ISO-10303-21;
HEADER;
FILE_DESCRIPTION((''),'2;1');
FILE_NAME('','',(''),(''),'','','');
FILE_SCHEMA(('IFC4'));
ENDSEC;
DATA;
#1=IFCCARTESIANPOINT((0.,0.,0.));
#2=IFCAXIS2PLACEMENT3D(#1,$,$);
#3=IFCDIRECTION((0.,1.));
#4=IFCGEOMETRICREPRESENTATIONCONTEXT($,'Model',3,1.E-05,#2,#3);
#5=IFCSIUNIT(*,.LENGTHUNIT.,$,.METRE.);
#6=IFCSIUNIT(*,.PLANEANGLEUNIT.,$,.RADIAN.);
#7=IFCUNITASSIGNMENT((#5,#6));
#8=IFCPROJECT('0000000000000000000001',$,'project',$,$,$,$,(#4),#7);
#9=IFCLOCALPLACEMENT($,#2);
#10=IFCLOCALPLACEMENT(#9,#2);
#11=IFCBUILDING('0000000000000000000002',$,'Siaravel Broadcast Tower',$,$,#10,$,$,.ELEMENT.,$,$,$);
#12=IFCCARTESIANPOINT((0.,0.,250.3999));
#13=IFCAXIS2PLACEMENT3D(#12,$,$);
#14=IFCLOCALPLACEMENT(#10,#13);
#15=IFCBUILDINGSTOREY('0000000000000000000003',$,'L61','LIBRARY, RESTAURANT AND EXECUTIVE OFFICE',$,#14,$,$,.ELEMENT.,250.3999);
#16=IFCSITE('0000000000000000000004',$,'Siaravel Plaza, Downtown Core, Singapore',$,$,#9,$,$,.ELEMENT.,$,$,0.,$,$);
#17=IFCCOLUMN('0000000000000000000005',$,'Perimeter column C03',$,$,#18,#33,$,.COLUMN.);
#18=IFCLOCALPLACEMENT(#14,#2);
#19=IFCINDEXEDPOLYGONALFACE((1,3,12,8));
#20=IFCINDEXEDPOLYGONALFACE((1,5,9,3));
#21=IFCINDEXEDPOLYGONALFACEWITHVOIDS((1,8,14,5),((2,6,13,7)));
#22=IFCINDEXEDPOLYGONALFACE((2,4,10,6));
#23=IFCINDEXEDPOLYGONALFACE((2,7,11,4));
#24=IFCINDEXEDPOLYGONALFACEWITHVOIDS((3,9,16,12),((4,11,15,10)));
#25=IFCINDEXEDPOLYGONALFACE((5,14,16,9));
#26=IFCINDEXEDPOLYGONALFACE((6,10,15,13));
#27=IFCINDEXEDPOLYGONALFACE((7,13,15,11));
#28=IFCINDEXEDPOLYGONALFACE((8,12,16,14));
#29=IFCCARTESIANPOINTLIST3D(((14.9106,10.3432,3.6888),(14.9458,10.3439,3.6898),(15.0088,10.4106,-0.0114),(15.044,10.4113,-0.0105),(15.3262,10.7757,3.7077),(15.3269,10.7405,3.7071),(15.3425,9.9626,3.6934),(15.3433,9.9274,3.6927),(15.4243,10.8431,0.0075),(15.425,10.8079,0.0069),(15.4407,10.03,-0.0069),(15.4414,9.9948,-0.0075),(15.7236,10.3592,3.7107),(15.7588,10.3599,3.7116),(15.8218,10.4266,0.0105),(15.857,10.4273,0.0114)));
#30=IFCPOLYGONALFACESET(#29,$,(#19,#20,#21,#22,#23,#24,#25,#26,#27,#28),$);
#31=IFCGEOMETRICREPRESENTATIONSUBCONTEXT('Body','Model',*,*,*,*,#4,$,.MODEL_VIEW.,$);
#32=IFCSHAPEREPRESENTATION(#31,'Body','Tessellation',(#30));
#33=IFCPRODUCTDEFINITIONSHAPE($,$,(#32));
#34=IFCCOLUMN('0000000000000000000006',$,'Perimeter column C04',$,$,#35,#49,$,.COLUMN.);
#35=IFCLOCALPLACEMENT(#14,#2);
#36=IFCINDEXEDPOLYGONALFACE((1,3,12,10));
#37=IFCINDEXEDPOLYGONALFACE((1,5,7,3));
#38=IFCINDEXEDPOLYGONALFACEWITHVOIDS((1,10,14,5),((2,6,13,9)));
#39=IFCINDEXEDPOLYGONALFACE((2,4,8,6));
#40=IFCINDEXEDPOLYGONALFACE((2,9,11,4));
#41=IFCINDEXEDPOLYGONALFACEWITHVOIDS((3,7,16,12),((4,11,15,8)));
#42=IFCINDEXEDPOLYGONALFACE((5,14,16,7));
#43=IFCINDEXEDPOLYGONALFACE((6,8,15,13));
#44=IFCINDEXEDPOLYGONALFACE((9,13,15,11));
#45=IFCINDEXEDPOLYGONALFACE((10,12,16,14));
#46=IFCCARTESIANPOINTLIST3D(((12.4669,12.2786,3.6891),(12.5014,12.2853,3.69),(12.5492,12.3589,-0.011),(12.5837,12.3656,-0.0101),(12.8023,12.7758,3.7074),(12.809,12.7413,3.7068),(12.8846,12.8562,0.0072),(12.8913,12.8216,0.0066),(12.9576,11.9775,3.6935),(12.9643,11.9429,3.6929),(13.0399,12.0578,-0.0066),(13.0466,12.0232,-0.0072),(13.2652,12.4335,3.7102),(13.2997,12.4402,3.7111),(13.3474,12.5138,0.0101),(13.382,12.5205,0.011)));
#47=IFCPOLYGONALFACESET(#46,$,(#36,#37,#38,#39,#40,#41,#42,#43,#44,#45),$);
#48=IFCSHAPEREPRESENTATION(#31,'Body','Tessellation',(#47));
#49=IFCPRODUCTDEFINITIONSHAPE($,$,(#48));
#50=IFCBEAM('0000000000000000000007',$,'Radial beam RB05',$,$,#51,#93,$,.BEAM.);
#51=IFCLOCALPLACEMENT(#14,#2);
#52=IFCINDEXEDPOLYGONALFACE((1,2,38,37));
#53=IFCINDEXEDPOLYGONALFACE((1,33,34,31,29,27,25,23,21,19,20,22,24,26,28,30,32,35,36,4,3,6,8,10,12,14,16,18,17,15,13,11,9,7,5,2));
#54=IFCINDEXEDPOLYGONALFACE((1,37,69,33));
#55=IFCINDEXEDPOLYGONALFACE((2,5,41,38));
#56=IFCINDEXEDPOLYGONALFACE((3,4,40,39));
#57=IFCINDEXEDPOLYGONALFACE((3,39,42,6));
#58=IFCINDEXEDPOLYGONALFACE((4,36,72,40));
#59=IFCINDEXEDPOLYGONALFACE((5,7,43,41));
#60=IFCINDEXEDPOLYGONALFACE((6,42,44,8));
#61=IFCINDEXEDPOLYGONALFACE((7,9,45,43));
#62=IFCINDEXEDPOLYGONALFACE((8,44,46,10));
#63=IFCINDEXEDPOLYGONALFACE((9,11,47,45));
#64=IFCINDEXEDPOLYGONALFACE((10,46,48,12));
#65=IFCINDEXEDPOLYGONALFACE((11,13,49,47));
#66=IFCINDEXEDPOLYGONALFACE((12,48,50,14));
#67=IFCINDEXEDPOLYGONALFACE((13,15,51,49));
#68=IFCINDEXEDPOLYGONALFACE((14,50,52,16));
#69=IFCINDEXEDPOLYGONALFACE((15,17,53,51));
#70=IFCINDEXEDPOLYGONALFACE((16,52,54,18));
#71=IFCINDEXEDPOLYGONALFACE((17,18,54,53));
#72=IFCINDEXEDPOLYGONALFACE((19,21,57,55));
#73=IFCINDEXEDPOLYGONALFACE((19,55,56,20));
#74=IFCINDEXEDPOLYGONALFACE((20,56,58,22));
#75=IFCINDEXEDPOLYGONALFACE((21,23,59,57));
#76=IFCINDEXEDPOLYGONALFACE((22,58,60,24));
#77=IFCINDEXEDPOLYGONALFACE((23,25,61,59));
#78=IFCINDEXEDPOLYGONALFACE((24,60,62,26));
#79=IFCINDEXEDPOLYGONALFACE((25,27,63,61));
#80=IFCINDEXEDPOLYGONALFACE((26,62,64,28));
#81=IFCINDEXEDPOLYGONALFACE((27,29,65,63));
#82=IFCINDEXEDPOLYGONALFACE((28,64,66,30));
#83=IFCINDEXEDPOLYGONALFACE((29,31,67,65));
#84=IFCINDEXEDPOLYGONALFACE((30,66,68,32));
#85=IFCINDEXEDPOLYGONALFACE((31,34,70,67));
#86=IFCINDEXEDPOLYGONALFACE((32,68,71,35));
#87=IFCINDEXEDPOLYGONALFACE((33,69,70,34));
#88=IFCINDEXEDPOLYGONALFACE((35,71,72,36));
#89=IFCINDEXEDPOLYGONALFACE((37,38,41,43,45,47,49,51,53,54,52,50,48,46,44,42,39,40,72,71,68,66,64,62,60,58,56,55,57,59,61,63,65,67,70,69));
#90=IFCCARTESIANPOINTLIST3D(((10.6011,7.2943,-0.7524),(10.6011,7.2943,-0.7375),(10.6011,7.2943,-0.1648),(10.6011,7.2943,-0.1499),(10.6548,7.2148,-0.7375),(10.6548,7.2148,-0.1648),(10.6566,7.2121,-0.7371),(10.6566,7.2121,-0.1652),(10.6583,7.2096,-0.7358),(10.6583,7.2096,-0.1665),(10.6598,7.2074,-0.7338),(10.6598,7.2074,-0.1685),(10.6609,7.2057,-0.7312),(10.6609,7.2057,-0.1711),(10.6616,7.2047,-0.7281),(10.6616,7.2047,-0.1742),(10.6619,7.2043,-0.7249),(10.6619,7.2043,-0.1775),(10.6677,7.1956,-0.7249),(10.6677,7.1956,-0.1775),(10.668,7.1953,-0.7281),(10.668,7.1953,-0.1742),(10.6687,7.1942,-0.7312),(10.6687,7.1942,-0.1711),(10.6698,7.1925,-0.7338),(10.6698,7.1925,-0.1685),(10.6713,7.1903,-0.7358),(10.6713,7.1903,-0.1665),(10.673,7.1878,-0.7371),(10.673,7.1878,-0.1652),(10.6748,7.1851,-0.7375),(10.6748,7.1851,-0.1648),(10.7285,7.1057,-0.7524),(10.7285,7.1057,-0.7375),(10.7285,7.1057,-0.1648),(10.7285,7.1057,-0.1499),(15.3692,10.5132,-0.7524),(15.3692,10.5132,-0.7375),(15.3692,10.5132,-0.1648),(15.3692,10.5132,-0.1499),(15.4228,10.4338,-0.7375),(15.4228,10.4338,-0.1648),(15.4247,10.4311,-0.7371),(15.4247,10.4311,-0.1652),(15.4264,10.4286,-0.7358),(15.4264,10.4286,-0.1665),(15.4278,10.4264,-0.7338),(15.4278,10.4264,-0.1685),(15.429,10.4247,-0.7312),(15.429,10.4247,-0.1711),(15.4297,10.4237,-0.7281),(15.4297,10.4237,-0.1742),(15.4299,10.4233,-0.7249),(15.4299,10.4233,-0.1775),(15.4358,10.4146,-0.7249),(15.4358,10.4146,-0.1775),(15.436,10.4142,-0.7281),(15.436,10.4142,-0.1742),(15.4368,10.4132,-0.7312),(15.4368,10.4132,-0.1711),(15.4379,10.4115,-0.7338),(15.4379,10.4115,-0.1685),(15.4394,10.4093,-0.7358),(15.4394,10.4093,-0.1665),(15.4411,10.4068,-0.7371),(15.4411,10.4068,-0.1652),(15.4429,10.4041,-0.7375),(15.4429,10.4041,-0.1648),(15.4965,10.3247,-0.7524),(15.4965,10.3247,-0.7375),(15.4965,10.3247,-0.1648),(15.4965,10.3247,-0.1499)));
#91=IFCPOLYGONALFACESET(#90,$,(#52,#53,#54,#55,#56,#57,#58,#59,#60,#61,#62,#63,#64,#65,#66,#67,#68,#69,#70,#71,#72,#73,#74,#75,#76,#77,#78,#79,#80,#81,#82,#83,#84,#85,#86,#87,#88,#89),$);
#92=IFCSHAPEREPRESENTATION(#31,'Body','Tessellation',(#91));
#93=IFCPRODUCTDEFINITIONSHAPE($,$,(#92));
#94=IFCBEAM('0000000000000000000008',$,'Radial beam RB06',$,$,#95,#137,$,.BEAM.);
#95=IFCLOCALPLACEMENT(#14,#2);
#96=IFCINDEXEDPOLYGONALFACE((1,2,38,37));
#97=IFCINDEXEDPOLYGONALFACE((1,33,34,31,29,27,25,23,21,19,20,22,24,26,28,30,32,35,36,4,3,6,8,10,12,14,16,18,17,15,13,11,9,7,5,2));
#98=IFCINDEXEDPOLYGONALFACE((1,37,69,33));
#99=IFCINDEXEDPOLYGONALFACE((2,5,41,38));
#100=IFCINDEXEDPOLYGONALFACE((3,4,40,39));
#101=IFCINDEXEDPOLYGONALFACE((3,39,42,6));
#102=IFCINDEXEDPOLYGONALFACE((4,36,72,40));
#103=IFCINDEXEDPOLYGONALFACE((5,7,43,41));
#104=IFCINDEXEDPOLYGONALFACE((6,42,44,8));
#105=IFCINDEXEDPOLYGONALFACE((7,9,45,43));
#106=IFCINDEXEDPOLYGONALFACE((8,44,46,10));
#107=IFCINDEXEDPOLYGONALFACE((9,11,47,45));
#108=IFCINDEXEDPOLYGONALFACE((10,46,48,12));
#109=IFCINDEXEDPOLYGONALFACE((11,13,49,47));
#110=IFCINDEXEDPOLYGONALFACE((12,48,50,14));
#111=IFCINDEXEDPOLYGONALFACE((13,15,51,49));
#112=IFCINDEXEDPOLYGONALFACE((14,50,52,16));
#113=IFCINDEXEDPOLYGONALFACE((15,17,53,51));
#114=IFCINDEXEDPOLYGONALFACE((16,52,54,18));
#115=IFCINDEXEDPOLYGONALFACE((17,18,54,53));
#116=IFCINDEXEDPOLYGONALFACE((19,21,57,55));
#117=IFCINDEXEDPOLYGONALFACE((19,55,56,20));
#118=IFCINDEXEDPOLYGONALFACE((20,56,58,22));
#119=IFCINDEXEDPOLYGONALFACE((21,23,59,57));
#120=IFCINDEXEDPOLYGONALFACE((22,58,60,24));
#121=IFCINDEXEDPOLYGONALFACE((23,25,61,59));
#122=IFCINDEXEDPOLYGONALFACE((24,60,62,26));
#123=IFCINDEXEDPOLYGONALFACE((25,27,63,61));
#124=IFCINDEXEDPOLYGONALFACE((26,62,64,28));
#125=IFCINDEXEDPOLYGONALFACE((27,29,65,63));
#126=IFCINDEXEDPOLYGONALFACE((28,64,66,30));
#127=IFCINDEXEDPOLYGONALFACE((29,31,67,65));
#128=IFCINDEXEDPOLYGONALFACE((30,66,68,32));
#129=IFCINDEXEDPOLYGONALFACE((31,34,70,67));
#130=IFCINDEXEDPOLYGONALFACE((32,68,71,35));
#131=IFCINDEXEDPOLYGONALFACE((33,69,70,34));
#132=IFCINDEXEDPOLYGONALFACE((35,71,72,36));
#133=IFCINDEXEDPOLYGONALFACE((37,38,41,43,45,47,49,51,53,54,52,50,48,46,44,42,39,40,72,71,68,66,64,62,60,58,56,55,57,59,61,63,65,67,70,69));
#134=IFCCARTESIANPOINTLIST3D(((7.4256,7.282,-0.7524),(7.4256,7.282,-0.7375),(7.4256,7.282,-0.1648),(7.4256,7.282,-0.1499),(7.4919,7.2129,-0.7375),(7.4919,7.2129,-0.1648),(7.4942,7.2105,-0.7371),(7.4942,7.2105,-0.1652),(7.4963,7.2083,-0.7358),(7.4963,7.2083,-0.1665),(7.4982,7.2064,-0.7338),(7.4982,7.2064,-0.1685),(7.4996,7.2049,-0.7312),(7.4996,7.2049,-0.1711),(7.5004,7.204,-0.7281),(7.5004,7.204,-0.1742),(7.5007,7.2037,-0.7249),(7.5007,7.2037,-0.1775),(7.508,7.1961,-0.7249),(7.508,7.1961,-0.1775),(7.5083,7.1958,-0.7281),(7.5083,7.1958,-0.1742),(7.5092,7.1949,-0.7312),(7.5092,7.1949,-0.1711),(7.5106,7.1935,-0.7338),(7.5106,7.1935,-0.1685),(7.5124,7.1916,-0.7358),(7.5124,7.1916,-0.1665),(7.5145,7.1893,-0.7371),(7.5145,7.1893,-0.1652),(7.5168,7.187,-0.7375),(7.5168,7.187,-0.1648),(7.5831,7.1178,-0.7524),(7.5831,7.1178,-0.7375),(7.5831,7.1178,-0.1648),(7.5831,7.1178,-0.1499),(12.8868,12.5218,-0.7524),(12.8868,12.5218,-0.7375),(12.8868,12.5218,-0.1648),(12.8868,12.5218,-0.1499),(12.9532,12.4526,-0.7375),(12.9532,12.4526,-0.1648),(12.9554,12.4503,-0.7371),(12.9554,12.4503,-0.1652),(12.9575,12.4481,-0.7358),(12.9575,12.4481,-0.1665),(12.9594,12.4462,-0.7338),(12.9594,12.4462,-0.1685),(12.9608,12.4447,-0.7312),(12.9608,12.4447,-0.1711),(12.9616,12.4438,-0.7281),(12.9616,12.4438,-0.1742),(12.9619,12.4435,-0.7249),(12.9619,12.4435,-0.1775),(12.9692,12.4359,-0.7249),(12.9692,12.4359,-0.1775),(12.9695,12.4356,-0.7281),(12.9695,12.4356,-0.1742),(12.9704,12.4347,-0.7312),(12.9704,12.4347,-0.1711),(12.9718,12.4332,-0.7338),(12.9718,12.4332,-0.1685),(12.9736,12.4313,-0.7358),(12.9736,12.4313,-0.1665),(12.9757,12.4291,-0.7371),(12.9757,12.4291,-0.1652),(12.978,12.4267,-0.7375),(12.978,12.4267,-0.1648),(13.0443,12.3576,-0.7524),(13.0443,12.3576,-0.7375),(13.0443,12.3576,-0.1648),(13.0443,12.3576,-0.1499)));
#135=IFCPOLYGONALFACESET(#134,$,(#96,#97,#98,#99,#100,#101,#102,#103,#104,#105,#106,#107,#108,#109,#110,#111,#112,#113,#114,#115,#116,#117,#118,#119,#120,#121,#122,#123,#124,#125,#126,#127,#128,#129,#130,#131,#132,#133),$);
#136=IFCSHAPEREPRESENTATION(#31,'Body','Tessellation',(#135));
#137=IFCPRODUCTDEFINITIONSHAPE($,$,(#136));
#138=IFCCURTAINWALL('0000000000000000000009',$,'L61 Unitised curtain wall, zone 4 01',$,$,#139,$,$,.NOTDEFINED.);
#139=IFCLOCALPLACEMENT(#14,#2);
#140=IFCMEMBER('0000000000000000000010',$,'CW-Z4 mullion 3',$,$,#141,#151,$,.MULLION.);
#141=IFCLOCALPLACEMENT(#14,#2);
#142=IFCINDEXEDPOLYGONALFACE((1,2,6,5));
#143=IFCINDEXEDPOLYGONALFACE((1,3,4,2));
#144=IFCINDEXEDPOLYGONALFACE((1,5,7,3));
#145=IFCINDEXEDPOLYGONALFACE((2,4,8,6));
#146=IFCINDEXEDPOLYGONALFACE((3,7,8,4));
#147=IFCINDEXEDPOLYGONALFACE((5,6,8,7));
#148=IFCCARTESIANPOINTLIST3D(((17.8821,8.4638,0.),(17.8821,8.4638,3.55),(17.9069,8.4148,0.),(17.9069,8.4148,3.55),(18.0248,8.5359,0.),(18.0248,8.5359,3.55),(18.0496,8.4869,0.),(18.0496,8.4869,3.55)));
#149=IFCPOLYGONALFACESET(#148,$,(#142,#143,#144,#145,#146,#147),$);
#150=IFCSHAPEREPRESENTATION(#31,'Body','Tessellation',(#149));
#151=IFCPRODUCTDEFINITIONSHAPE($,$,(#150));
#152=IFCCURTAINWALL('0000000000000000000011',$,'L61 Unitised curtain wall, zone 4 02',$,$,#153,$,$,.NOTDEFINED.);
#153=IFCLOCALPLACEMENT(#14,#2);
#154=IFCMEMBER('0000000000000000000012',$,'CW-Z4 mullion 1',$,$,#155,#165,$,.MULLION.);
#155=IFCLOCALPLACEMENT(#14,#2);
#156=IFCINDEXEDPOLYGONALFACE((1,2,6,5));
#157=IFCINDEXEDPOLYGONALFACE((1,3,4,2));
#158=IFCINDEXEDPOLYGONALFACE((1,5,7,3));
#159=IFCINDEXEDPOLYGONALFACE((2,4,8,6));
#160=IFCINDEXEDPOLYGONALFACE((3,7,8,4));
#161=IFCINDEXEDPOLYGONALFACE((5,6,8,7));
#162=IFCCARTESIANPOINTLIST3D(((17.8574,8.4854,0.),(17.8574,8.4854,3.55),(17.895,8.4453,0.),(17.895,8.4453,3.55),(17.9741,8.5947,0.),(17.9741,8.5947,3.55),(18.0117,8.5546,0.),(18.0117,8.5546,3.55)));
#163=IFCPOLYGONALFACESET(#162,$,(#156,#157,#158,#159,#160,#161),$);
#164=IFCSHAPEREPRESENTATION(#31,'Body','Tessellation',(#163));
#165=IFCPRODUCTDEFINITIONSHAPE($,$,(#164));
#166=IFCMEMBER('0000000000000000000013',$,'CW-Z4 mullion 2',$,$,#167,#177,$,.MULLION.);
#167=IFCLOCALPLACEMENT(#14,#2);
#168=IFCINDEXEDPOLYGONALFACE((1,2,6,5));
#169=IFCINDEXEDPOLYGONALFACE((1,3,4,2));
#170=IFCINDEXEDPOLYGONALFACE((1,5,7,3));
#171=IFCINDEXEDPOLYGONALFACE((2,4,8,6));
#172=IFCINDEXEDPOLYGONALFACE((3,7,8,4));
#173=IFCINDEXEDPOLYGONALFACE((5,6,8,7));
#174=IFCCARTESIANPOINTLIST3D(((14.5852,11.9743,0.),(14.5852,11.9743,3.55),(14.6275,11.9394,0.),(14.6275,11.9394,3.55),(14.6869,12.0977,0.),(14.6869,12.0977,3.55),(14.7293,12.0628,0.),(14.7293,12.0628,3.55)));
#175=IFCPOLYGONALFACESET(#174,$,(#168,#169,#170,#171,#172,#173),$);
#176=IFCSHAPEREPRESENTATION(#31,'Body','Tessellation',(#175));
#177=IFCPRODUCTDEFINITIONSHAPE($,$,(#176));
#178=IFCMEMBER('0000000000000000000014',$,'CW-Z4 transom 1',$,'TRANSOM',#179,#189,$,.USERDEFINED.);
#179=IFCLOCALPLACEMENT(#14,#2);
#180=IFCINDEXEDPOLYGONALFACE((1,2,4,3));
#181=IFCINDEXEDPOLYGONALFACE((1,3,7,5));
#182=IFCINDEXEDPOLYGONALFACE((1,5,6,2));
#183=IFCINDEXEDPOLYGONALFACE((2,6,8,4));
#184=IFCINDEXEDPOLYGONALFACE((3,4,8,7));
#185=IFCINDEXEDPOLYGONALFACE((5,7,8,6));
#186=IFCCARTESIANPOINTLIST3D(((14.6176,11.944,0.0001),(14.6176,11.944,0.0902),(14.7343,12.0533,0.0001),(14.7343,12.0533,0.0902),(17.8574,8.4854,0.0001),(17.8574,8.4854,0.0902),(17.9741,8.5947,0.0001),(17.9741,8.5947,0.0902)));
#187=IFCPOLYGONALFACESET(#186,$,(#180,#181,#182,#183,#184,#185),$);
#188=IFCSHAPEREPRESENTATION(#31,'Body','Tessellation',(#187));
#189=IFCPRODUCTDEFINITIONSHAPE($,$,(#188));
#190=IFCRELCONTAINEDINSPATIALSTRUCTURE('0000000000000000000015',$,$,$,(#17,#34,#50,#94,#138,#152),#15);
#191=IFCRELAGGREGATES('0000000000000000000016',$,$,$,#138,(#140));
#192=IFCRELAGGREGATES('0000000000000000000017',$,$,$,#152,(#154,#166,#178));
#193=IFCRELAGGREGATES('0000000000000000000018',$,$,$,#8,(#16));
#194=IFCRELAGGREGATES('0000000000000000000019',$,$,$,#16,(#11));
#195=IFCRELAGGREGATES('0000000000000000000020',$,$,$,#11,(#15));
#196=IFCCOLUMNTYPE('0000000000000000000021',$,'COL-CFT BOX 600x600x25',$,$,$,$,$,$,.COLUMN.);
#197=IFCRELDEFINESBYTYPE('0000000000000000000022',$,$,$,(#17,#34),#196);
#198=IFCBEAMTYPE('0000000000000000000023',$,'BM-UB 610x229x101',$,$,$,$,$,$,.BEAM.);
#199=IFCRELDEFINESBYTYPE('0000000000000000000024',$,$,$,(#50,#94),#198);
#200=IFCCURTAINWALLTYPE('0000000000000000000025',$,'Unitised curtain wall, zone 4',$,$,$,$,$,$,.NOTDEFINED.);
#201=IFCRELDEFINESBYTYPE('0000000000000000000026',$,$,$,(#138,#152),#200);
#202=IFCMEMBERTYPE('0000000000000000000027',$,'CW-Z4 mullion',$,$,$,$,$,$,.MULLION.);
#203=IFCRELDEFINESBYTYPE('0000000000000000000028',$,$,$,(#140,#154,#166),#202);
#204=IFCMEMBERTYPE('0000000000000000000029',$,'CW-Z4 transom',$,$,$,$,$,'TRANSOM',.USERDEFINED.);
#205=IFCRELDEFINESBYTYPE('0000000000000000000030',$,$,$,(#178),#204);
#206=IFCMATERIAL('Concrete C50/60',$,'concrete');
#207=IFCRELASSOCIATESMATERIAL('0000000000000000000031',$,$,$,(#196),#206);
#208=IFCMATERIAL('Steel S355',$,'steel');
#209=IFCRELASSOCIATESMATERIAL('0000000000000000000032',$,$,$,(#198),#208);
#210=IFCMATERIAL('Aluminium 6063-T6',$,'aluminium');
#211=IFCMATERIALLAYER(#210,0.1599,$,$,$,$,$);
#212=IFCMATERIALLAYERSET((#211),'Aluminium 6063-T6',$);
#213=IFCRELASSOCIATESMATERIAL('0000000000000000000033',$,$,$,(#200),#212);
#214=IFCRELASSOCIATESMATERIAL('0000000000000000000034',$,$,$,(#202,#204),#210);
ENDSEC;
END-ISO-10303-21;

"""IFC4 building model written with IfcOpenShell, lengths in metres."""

from ifc_helpers import new_model, si_unit, direction, frame, origin, origin_2d, place, context, subcontext, project, spatial, rectangle, hollow_rectangle, i_section, extrude, material, layer, layer_set, material_profile, profile_set, type_object, element, aggregate, save


model = new_model("IFC4")

# Units and contexts
model_context = context("Model", 3, precision=1e-05, world=origin(), true_north=direction((0.0, 1.0)))
body_context = subcontext(model_context, "Body", "Model", "MODEL_VIEW")
ifc_project = project(units=[si_unit("LENGTHUNIT", "METRE"), si_unit("PLANEANGLEUNIT", "RADIAN")], contexts=[model_context])

# Site, building, storey
site_placement = place(None, origin())
site = spatial("IfcSite", under=ifc_project, at=site_placement, Name="Siaravel Plaza, Downtown Core, Singapore", CompositionType="ELEMENT", RefElevation=0.0)
building_placement = place(site_placement, origin())
building = spatial("IfcBuilding", under=site, at=building_placement, Name="Siaravel Broadcast Tower", CompositionType="ELEMENT")
storey_placement = place(building_placement, frame((0.0, 0.0, 250.3999)))
storey = spatial("IfcBuildingStorey", under=building, at=storey_placement, Name="L61", Description="LIBRARY, RESTAURANT AND EXECUTIVE OFFICE", CompositionType="ELEMENT", Elevation=250.3999)

# Columns
ifc_material_1 = material(Name="Concrete C50/60", Category="concrete")
ifc_material_profile_1 = material_profile(ifc_material_1, hollow_rectangle(XDim=0.6001, YDim=0.6001, WallThickness=0.0249, at=origin_2d()))
ifc_profile_set_1 = profile_set([ifc_material_profile_1], Name="Concrete C50/60")
column_type = type_object("IfcColumnType", Name="COL-CFT BOX 600x600x25", PredefinedType="COLUMN", material=ifc_profile_set_1)
column_1_placement = place(storey_placement, frame((15.4329, 10.4189, 0.0), z_axis=(-0.02651, -0.018201, 0.999483), x_axis=(0.720939, -0.692968, 0.006503)))
element("IfcColumn", 1, at=column_1_placement, inside=storey, type_object=column_type, Name="Perimeter column C03", PredefinedType="COLUMN", context=body_context, shape_type="SweptSolid", body=[
    extrude(hollow_rectangle(XDim=0.6001, YDim=0.6001, WallThickness=0.0249, at=origin_2d()), origin(), (0.0, 0.0, 1.0), 3.7021),
])
column_2_placement = place(storey_placement, frame((12.9656, 12.4397, 0.0), z_axis=(-0.022225, -0.021697, 0.999518), x_axis=(0.828927, -0.559322, 0.00629)))
element("IfcColumn", 2, at=column_2_placement, inside=storey, type_object=column_type, Name="Perimeter column C04", PredefinedType="COLUMN", context=body_context, shape_type="SweptSolid", body=[
    extrude(hollow_rectangle(XDim=0.6001, YDim=0.6001, WallThickness=0.0249, at=origin_2d()), origin(), (0.0, 0.0, 1.0), 3.7019),
])

# Beams
ifc_material_2 = material(Name="Steel S355", Category="steel")
ifc_material_profile_2 = material_profile(ifc_material_2, i_section(OverallWidth=0.2275, OverallDepth=0.6025, WebThickness=0.0105, FlangeThickness=0.0149, FilletRadius=0.0127, at=origin_2d()))
ifc_profile_set_2 = profile_set([ifc_material_profile_2], Name="Steel S355")
beam_type = type_object("IfcBeamType", Name="BM-UB 610x229x101", PredefinedType="BEAM", material=ifc_profile_set_2)
beam_1_placement = place(storey_placement, frame((15.4329, 10.4189, -0.4512), z_axis=(-0.828804, -0.559538, 0.0), x_axis=(0.559538, -0.828804, 0.0)))
element("IfcBeam", 3, at=beam_1_placement, inside=storey, type_object=beam_type, Name="Radial beam RB05", PredefinedType="BEAM", context=body_context, shape_type="SweptSolid", body=[
    extrude(i_section(OverallWidth=0.2275, OverallDepth=0.6025, WebThickness=0.0105, FlangeThickness=0.0149, FilletRadius=0.0127, at=origin_2d()), origin(), (0.0, 0.0, 1.0), 5.7529),
])
beam_2_placement = place(storey_placement, frame((12.9656, 12.4397, -0.4512), z_axis=(-0.721585, -0.692326, 0.0), x_axis=(0.692326, -0.721585, 0.0)))
element("IfcBeam", 4, at=beam_2_placement, inside=storey, type_object=beam_type, Name="Radial beam RB06", PredefinedType="BEAM", context=body_context, shape_type="SweptSolid", body=[
    extrude(i_section(OverallWidth=0.2275, OverallDepth=0.6025, WebThickness=0.0105, FlangeThickness=0.0149, FilletRadius=0.0127, at=origin_2d()), origin(), (0.0, 0.0, 1.0), 7.5684),
])

# Curtain wall, member
ifc_material_3 = material(Name="Aluminium 6063-T6", Category="aluminium")
ifc_layer_1 = layer(ifc_material_3, 0.1599)
ifc_layer_set_1 = layer_set([ifc_layer_1], Name="Aluminium 6063-T6")
curtain_wall_type = type_object("IfcCurtainWallType", Name="Unitised curtain wall, zone 4", PredefinedType="NOTDEFINED", material=ifc_layer_set_1)
curtain_wall_1_placement = place(storey_placement, origin())
curtain_wall_1 = element("IfcCurtainWall", 5, at=curtain_wall_1_placement, inside=storey, type_object=curtain_wall_type, Name="L61 Unitised curtain wall, zone 4 01", PredefinedType="NOTDEFINED")
ifc_material_profile_3 = material_profile(ifc_material_3, rectangle(XDim=0.1599, YDim=0.0549, at=origin_2d()))
ifc_profile_set_3 = profile_set([ifc_material_profile_3], Name="Aluminium 6063-T6")
member_type_1 = type_object("IfcMemberType", Name="CW-Z4 mullion", PredefinedType="MULLION", material=ifc_profile_set_3)
member_1_placement = place(storey_placement, frame((17.9658, 8.4753, 0.0), z_axis=(0.0, 0.0, 1.0), x_axis=(-0.892393, -0.451259, 0.0)))
member_1 = element("IfcMember", 6, at=member_1_placement, type_object=member_type_1, Name="CW-Z4 mullion 3", PredefinedType="MULLION", context=body_context, shape_type="SweptSolid", body=[
    extrude(rectangle(XDim=0.1599, YDim=0.0549, at=origin_2d()), origin(), (0.0, 0.0, 1.0), 3.55),
])
aggregate(curtain_wall_1, [member_1])

# Curtain wall, members
curtain_wall_2_placement = place(storey_placement, origin())
curtain_wall_2 = element("IfcCurtainWall", 7, at=curtain_wall_2_placement, inside=storey, type_object=curtain_wall_type, Name="L61 Unitised curtain wall, zone 4 02", PredefinedType="NOTDEFINED")
member_2_placement = place(storey_placement, frame((17.9346, 8.52, 0.0), z_axis=(0.0, 0.0, 1.0), x_axis=(-0.729807, -0.683654, 0.0)))
member_2 = element("IfcMember", 8, at=member_2_placement, type_object=member_type_1, Name="CW-Z4 mullion 1", PredefinedType="MULLION", context=body_context, shape_type="SweptSolid", body=[
    extrude(rectangle(XDim=0.1599, YDim=0.0549, at=origin_2d()), origin(), (0.0, 0.0, 1.0), 3.55),
])
member_3_placement = place(storey_placement, frame((14.6572, 12.0186, 0.0), z_axis=(0.0, 0.0, 1.0), x_axis=(-0.63622, -0.771508, 0.0)))
member_3 = element("IfcMember", 9, at=member_3_placement, type_object=member_type_1, Name="CW-Z4 mullion 2", PredefinedType="MULLION", context=body_context, shape_type="SweptSolid", body=[
    extrude(rectangle(XDim=0.1599, YDim=0.0549, at=origin_2d()), origin(), (0.0, 0.0, 1.0), 3.55),
])
ifc_material_profile_4 = material_profile(ifc_material_3, rectangle(XDim=0.1599, YDim=0.0901, at=origin_2d()))
ifc_profile_set_4 = profile_set([ifc_material_profile_4], Name="Aluminium 6063-T6")
member_type_2 = type_object("IfcMemberType", Name="CW-Z4 transom", ElementType="TRANSOM", PredefinedType="USERDEFINED", material=ifc_profile_set_4)
member_4_placement = place(storey_placement, frame((17.9158, 8.54, 0.0452), z_axis=(-0.68365, 0.72981, 0.0), x_axis=(-0.72981, -0.68365, 0.0)))
member_4 = element("IfcMember", 10, at=member_4_placement, type_object=member_type_2, Name="CW-Z4 transom 1", ObjectType="TRANSOM", PredefinedType="USERDEFINED", context=body_context, shape_type="SweptSolid", body=[
    extrude(rectangle(XDim=0.1599, YDim=0.0901, at=origin_2d()), origin(), (0.0, 0.0, 1.0), 4.739),
])

aggregate(curtain_wall_2, [member_2, member_3, member_4])

save(model, "model.ifc")
